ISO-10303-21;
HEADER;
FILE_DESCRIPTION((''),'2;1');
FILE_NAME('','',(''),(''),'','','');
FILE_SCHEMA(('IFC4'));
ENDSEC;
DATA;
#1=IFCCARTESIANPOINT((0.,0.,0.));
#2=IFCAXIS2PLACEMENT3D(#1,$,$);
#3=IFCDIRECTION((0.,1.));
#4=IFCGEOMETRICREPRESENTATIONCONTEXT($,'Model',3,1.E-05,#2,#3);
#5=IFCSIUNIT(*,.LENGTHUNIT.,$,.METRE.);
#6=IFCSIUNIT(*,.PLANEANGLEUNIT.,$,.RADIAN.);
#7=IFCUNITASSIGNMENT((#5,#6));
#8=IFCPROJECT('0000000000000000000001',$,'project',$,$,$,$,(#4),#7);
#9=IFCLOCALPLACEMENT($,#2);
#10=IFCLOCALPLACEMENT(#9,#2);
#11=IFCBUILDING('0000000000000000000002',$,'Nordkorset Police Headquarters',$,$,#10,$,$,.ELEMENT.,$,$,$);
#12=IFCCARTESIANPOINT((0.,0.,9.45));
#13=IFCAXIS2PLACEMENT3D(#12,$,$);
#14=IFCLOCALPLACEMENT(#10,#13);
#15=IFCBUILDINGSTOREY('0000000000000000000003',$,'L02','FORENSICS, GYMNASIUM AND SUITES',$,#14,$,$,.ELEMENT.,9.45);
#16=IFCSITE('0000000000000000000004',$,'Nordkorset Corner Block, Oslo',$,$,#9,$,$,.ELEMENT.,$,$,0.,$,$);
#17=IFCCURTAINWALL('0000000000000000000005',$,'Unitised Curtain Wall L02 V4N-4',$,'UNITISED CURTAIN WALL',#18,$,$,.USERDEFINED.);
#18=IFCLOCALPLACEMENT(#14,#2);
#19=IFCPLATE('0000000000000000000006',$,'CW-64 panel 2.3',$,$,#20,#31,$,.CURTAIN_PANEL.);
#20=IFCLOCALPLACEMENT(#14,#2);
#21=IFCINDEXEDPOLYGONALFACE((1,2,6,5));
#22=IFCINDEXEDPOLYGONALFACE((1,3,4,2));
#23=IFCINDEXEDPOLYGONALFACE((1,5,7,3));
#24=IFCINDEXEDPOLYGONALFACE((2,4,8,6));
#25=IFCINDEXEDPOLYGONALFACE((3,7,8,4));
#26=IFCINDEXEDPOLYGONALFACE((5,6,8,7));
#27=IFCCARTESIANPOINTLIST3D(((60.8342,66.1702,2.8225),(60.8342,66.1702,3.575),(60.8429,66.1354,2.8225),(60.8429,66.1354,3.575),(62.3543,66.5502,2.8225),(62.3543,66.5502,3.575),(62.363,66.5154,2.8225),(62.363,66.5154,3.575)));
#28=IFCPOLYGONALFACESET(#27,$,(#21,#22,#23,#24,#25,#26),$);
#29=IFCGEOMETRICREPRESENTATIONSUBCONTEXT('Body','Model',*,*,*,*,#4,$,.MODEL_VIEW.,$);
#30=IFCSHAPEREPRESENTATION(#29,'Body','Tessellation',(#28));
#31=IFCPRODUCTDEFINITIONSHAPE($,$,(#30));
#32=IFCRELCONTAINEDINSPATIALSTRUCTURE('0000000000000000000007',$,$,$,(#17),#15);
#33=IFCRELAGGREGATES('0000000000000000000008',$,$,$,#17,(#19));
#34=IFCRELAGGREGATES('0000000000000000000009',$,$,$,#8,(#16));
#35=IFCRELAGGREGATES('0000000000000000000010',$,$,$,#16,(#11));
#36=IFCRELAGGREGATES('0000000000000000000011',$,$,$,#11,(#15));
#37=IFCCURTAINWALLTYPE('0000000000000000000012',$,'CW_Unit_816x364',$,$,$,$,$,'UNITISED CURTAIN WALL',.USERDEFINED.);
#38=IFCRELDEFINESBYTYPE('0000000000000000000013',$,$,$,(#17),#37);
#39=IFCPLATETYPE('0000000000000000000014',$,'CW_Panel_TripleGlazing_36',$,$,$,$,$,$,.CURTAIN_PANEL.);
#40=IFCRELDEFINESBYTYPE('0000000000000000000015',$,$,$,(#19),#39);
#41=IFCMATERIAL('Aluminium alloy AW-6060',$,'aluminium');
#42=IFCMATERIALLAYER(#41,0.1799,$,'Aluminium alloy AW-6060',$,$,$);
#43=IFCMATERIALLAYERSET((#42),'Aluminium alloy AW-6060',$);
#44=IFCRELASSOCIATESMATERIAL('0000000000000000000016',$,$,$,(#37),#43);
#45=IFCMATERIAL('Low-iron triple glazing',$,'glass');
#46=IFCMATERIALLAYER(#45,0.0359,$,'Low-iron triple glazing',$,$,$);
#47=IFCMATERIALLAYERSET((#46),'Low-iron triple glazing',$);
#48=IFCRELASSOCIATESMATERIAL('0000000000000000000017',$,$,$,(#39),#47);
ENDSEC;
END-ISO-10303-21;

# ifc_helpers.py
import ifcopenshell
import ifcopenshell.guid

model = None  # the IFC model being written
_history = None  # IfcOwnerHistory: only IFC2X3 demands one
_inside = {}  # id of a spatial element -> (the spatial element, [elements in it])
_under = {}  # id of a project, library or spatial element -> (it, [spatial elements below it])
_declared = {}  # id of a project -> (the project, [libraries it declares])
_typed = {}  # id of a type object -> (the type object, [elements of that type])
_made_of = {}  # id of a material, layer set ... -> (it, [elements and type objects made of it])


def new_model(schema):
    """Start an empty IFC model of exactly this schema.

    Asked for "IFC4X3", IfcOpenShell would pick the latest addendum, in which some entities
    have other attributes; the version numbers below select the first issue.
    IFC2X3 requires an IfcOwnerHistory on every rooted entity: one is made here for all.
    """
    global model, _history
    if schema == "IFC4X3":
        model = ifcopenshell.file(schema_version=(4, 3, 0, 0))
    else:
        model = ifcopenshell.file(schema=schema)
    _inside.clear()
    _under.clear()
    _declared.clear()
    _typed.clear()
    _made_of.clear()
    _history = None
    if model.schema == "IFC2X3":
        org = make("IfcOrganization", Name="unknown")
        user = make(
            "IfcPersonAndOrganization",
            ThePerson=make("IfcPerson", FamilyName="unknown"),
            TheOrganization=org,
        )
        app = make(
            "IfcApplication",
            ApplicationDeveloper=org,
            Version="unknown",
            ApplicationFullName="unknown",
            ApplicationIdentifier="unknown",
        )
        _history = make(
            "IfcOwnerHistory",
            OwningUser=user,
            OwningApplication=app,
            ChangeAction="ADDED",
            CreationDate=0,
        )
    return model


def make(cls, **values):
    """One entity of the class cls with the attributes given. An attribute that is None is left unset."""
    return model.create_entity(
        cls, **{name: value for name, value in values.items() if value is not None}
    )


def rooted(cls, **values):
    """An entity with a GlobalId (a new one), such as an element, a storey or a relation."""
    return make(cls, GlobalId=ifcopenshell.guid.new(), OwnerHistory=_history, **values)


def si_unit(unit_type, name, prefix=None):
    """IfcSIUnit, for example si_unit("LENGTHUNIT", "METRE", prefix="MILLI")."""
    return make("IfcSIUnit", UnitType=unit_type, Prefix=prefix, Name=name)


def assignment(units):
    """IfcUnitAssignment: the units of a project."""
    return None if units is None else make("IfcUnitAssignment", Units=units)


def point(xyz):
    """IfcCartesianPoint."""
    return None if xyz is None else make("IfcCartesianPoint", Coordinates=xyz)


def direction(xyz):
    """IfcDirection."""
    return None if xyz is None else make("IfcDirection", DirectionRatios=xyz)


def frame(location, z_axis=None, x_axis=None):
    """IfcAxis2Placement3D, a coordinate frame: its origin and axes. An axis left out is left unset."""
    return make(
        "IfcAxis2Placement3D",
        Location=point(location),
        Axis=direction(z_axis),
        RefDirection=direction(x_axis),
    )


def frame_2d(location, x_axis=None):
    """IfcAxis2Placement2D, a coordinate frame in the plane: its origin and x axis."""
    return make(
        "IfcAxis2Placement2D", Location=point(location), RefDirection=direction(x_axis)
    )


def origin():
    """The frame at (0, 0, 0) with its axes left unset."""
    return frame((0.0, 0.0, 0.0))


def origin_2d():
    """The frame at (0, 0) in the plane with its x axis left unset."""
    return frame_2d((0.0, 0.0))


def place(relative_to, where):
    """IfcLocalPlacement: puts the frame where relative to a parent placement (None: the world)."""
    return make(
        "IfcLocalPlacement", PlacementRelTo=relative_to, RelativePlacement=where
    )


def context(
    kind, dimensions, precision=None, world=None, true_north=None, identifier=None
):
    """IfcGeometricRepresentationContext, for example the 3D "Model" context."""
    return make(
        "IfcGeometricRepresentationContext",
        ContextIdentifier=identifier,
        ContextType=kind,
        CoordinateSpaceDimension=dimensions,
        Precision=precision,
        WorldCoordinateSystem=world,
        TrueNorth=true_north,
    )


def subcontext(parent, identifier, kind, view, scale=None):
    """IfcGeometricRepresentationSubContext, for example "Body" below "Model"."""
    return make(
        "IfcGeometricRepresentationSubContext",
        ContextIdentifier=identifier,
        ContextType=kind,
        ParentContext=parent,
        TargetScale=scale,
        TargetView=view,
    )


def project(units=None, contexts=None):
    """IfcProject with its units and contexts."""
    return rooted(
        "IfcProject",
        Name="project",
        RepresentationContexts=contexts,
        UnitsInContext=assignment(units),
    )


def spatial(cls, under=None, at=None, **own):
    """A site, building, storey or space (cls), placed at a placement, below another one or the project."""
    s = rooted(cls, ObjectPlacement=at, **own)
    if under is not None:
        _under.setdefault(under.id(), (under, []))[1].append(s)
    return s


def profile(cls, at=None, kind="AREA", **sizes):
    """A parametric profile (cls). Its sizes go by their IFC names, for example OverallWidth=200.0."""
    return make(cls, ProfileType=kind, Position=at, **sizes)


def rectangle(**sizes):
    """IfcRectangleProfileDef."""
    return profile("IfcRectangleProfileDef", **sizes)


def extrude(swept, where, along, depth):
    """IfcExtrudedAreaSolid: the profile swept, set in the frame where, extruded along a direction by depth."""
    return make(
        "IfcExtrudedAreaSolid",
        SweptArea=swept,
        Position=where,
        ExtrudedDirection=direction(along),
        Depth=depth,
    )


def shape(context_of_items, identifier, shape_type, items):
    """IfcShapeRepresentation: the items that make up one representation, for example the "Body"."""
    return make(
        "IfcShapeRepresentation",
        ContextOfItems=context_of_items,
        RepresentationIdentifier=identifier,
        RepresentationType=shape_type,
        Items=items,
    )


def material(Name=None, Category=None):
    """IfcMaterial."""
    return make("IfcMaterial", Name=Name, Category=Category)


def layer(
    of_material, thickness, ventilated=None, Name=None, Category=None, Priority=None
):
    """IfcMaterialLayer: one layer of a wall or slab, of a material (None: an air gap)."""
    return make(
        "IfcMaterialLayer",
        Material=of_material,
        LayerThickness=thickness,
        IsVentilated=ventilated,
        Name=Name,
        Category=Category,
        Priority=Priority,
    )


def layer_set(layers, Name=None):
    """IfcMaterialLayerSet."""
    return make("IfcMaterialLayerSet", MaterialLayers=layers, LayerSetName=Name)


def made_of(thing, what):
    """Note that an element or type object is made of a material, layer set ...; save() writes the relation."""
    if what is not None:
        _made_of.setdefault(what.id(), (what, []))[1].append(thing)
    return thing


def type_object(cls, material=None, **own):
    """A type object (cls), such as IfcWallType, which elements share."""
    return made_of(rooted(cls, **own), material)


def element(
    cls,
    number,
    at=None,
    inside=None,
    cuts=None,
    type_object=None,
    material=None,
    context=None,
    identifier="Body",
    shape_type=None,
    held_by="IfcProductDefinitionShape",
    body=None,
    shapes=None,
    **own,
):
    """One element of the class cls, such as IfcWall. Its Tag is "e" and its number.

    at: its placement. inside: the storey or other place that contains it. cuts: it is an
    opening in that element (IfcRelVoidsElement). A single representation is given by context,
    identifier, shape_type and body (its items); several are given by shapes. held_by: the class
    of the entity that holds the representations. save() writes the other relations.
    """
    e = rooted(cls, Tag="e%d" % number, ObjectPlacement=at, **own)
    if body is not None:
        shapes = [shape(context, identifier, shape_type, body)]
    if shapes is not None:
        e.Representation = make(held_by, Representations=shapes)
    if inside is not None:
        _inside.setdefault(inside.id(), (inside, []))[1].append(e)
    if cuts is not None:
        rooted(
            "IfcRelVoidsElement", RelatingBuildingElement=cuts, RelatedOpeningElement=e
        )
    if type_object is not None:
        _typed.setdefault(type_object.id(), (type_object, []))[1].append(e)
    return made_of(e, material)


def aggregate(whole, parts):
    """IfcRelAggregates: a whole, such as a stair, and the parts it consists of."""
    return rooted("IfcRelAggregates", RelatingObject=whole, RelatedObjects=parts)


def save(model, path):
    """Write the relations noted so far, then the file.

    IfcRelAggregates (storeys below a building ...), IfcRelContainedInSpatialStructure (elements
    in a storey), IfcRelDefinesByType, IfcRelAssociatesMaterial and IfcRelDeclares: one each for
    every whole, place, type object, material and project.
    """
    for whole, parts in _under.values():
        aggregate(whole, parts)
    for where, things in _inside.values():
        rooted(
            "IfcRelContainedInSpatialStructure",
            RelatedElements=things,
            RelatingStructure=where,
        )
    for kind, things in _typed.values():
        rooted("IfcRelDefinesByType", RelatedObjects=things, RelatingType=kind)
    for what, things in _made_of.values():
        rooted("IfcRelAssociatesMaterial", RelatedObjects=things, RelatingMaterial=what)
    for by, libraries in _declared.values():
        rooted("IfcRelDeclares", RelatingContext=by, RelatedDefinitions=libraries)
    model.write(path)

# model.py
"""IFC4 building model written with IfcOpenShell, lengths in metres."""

from ifc_helpers import new_model, si_unit, direction, frame, origin, origin_2d, place, context, subcontext, project, spatial, rectangle, extrude, material, layer, layer_set, type_object, element, aggregate, save


model = new_model("IFC4")

# Units and contexts
model_context = context("Model", 3, precision=1e-05, world=origin(), true_north=direction((0.0, 1.0)))
body_context = subcontext(model_context, "Body", "Model", "MODEL_VIEW")
ifc_project = project(units=[si_unit("LENGTHUNIT", "METRE"), si_unit("PLANEANGLEUNIT", "RADIAN")], contexts=[model_context])

# Site, building, storey
site_placement = place(None, origin())
site = spatial("IfcSite", under=ifc_project, at=site_placement, Name="Nordkorset Corner Block, Oslo", CompositionType="ELEMENT", RefElevation=0.0)
building_placement = place(site_placement, origin())
building = spatial("IfcBuilding", under=site, at=building_placement, Name="Nordkorset Police Headquarters", CompositionType="ELEMENT")
storey_placement = place(building_placement, frame((0.0, 0.0, 9.45)))
storey = spatial("IfcBuildingStorey", under=building, at=storey_placement, Name="L02", Description="FORENSICS, GYMNASIUM AND SUITES", CompositionType="ELEMENT", Elevation=9.45)

# Curtain wall
ifc_material_1 = material(Name="Aluminium alloy AW-6060", Category="aluminium")
ifc_layer_1 = layer(ifc_material_1, 0.1799, Name="Aluminium alloy AW-6060")
ifc_layer_set_1 = layer_set([ifc_layer_1], Name="Aluminium alloy AW-6060")
curtain_wall_type_1 = type_object("IfcCurtainWallType", Name="CW_Unit_816x364", ElementType="UNITISED CURTAIN WALL", PredefinedType="USERDEFINED", material=ifc_layer_set_1)
curtain_wall_1_placement = place(storey_placement, origin())
curtain_wall_1 = element("IfcCurtainWall", 1, at=curtain_wall_1_placement, inside=storey, type_object=curtain_wall_type_1, Name="Unitised Curtain Wall L02 V4N-4", ObjectType="UNITISED CURTAIN WALL", PredefinedType="USERDEFINED")

# Plate
ifc_material_2 = material(Name="Low-iron triple glazing", Category="glass")
ifc_layer_2 = layer(ifc_material_2, 0.0359, Name="Low-iron triple glazing")
ifc_layer_set_2 = layer_set([ifc_layer_2], Name="Low-iron triple glazing")
plate_type = type_object("IfcPlateType", Name="CW_Panel_TripleGlazing_36", PredefinedType="CURTAIN_PANEL", material=ifc_layer_set_2)
plate_1_placement = place(storey_placement, frame((61.5986, 66.3428, 2.8225), z_axis=(0.0, 0.0, 1.0), x_axis=(0.970143, 0.242535, 0.0)))
plate_1 = element("IfcPlate", 2, at=plate_1_placement, type_object=plate_type, Name="CW-64 panel 2.3", PredefinedType="CURTAIN_PANEL", context=body_context, shape_type="SweptSolid", body=[
    extrude(rectangle(XDim=1.5669, YDim=0.0359, at=origin_2d()), origin(), (0.0, 0.0, 1.0), 0.7524),
])
aggregate(curtain_wall_1, [plate_1])

save(model, "model.ifc")
